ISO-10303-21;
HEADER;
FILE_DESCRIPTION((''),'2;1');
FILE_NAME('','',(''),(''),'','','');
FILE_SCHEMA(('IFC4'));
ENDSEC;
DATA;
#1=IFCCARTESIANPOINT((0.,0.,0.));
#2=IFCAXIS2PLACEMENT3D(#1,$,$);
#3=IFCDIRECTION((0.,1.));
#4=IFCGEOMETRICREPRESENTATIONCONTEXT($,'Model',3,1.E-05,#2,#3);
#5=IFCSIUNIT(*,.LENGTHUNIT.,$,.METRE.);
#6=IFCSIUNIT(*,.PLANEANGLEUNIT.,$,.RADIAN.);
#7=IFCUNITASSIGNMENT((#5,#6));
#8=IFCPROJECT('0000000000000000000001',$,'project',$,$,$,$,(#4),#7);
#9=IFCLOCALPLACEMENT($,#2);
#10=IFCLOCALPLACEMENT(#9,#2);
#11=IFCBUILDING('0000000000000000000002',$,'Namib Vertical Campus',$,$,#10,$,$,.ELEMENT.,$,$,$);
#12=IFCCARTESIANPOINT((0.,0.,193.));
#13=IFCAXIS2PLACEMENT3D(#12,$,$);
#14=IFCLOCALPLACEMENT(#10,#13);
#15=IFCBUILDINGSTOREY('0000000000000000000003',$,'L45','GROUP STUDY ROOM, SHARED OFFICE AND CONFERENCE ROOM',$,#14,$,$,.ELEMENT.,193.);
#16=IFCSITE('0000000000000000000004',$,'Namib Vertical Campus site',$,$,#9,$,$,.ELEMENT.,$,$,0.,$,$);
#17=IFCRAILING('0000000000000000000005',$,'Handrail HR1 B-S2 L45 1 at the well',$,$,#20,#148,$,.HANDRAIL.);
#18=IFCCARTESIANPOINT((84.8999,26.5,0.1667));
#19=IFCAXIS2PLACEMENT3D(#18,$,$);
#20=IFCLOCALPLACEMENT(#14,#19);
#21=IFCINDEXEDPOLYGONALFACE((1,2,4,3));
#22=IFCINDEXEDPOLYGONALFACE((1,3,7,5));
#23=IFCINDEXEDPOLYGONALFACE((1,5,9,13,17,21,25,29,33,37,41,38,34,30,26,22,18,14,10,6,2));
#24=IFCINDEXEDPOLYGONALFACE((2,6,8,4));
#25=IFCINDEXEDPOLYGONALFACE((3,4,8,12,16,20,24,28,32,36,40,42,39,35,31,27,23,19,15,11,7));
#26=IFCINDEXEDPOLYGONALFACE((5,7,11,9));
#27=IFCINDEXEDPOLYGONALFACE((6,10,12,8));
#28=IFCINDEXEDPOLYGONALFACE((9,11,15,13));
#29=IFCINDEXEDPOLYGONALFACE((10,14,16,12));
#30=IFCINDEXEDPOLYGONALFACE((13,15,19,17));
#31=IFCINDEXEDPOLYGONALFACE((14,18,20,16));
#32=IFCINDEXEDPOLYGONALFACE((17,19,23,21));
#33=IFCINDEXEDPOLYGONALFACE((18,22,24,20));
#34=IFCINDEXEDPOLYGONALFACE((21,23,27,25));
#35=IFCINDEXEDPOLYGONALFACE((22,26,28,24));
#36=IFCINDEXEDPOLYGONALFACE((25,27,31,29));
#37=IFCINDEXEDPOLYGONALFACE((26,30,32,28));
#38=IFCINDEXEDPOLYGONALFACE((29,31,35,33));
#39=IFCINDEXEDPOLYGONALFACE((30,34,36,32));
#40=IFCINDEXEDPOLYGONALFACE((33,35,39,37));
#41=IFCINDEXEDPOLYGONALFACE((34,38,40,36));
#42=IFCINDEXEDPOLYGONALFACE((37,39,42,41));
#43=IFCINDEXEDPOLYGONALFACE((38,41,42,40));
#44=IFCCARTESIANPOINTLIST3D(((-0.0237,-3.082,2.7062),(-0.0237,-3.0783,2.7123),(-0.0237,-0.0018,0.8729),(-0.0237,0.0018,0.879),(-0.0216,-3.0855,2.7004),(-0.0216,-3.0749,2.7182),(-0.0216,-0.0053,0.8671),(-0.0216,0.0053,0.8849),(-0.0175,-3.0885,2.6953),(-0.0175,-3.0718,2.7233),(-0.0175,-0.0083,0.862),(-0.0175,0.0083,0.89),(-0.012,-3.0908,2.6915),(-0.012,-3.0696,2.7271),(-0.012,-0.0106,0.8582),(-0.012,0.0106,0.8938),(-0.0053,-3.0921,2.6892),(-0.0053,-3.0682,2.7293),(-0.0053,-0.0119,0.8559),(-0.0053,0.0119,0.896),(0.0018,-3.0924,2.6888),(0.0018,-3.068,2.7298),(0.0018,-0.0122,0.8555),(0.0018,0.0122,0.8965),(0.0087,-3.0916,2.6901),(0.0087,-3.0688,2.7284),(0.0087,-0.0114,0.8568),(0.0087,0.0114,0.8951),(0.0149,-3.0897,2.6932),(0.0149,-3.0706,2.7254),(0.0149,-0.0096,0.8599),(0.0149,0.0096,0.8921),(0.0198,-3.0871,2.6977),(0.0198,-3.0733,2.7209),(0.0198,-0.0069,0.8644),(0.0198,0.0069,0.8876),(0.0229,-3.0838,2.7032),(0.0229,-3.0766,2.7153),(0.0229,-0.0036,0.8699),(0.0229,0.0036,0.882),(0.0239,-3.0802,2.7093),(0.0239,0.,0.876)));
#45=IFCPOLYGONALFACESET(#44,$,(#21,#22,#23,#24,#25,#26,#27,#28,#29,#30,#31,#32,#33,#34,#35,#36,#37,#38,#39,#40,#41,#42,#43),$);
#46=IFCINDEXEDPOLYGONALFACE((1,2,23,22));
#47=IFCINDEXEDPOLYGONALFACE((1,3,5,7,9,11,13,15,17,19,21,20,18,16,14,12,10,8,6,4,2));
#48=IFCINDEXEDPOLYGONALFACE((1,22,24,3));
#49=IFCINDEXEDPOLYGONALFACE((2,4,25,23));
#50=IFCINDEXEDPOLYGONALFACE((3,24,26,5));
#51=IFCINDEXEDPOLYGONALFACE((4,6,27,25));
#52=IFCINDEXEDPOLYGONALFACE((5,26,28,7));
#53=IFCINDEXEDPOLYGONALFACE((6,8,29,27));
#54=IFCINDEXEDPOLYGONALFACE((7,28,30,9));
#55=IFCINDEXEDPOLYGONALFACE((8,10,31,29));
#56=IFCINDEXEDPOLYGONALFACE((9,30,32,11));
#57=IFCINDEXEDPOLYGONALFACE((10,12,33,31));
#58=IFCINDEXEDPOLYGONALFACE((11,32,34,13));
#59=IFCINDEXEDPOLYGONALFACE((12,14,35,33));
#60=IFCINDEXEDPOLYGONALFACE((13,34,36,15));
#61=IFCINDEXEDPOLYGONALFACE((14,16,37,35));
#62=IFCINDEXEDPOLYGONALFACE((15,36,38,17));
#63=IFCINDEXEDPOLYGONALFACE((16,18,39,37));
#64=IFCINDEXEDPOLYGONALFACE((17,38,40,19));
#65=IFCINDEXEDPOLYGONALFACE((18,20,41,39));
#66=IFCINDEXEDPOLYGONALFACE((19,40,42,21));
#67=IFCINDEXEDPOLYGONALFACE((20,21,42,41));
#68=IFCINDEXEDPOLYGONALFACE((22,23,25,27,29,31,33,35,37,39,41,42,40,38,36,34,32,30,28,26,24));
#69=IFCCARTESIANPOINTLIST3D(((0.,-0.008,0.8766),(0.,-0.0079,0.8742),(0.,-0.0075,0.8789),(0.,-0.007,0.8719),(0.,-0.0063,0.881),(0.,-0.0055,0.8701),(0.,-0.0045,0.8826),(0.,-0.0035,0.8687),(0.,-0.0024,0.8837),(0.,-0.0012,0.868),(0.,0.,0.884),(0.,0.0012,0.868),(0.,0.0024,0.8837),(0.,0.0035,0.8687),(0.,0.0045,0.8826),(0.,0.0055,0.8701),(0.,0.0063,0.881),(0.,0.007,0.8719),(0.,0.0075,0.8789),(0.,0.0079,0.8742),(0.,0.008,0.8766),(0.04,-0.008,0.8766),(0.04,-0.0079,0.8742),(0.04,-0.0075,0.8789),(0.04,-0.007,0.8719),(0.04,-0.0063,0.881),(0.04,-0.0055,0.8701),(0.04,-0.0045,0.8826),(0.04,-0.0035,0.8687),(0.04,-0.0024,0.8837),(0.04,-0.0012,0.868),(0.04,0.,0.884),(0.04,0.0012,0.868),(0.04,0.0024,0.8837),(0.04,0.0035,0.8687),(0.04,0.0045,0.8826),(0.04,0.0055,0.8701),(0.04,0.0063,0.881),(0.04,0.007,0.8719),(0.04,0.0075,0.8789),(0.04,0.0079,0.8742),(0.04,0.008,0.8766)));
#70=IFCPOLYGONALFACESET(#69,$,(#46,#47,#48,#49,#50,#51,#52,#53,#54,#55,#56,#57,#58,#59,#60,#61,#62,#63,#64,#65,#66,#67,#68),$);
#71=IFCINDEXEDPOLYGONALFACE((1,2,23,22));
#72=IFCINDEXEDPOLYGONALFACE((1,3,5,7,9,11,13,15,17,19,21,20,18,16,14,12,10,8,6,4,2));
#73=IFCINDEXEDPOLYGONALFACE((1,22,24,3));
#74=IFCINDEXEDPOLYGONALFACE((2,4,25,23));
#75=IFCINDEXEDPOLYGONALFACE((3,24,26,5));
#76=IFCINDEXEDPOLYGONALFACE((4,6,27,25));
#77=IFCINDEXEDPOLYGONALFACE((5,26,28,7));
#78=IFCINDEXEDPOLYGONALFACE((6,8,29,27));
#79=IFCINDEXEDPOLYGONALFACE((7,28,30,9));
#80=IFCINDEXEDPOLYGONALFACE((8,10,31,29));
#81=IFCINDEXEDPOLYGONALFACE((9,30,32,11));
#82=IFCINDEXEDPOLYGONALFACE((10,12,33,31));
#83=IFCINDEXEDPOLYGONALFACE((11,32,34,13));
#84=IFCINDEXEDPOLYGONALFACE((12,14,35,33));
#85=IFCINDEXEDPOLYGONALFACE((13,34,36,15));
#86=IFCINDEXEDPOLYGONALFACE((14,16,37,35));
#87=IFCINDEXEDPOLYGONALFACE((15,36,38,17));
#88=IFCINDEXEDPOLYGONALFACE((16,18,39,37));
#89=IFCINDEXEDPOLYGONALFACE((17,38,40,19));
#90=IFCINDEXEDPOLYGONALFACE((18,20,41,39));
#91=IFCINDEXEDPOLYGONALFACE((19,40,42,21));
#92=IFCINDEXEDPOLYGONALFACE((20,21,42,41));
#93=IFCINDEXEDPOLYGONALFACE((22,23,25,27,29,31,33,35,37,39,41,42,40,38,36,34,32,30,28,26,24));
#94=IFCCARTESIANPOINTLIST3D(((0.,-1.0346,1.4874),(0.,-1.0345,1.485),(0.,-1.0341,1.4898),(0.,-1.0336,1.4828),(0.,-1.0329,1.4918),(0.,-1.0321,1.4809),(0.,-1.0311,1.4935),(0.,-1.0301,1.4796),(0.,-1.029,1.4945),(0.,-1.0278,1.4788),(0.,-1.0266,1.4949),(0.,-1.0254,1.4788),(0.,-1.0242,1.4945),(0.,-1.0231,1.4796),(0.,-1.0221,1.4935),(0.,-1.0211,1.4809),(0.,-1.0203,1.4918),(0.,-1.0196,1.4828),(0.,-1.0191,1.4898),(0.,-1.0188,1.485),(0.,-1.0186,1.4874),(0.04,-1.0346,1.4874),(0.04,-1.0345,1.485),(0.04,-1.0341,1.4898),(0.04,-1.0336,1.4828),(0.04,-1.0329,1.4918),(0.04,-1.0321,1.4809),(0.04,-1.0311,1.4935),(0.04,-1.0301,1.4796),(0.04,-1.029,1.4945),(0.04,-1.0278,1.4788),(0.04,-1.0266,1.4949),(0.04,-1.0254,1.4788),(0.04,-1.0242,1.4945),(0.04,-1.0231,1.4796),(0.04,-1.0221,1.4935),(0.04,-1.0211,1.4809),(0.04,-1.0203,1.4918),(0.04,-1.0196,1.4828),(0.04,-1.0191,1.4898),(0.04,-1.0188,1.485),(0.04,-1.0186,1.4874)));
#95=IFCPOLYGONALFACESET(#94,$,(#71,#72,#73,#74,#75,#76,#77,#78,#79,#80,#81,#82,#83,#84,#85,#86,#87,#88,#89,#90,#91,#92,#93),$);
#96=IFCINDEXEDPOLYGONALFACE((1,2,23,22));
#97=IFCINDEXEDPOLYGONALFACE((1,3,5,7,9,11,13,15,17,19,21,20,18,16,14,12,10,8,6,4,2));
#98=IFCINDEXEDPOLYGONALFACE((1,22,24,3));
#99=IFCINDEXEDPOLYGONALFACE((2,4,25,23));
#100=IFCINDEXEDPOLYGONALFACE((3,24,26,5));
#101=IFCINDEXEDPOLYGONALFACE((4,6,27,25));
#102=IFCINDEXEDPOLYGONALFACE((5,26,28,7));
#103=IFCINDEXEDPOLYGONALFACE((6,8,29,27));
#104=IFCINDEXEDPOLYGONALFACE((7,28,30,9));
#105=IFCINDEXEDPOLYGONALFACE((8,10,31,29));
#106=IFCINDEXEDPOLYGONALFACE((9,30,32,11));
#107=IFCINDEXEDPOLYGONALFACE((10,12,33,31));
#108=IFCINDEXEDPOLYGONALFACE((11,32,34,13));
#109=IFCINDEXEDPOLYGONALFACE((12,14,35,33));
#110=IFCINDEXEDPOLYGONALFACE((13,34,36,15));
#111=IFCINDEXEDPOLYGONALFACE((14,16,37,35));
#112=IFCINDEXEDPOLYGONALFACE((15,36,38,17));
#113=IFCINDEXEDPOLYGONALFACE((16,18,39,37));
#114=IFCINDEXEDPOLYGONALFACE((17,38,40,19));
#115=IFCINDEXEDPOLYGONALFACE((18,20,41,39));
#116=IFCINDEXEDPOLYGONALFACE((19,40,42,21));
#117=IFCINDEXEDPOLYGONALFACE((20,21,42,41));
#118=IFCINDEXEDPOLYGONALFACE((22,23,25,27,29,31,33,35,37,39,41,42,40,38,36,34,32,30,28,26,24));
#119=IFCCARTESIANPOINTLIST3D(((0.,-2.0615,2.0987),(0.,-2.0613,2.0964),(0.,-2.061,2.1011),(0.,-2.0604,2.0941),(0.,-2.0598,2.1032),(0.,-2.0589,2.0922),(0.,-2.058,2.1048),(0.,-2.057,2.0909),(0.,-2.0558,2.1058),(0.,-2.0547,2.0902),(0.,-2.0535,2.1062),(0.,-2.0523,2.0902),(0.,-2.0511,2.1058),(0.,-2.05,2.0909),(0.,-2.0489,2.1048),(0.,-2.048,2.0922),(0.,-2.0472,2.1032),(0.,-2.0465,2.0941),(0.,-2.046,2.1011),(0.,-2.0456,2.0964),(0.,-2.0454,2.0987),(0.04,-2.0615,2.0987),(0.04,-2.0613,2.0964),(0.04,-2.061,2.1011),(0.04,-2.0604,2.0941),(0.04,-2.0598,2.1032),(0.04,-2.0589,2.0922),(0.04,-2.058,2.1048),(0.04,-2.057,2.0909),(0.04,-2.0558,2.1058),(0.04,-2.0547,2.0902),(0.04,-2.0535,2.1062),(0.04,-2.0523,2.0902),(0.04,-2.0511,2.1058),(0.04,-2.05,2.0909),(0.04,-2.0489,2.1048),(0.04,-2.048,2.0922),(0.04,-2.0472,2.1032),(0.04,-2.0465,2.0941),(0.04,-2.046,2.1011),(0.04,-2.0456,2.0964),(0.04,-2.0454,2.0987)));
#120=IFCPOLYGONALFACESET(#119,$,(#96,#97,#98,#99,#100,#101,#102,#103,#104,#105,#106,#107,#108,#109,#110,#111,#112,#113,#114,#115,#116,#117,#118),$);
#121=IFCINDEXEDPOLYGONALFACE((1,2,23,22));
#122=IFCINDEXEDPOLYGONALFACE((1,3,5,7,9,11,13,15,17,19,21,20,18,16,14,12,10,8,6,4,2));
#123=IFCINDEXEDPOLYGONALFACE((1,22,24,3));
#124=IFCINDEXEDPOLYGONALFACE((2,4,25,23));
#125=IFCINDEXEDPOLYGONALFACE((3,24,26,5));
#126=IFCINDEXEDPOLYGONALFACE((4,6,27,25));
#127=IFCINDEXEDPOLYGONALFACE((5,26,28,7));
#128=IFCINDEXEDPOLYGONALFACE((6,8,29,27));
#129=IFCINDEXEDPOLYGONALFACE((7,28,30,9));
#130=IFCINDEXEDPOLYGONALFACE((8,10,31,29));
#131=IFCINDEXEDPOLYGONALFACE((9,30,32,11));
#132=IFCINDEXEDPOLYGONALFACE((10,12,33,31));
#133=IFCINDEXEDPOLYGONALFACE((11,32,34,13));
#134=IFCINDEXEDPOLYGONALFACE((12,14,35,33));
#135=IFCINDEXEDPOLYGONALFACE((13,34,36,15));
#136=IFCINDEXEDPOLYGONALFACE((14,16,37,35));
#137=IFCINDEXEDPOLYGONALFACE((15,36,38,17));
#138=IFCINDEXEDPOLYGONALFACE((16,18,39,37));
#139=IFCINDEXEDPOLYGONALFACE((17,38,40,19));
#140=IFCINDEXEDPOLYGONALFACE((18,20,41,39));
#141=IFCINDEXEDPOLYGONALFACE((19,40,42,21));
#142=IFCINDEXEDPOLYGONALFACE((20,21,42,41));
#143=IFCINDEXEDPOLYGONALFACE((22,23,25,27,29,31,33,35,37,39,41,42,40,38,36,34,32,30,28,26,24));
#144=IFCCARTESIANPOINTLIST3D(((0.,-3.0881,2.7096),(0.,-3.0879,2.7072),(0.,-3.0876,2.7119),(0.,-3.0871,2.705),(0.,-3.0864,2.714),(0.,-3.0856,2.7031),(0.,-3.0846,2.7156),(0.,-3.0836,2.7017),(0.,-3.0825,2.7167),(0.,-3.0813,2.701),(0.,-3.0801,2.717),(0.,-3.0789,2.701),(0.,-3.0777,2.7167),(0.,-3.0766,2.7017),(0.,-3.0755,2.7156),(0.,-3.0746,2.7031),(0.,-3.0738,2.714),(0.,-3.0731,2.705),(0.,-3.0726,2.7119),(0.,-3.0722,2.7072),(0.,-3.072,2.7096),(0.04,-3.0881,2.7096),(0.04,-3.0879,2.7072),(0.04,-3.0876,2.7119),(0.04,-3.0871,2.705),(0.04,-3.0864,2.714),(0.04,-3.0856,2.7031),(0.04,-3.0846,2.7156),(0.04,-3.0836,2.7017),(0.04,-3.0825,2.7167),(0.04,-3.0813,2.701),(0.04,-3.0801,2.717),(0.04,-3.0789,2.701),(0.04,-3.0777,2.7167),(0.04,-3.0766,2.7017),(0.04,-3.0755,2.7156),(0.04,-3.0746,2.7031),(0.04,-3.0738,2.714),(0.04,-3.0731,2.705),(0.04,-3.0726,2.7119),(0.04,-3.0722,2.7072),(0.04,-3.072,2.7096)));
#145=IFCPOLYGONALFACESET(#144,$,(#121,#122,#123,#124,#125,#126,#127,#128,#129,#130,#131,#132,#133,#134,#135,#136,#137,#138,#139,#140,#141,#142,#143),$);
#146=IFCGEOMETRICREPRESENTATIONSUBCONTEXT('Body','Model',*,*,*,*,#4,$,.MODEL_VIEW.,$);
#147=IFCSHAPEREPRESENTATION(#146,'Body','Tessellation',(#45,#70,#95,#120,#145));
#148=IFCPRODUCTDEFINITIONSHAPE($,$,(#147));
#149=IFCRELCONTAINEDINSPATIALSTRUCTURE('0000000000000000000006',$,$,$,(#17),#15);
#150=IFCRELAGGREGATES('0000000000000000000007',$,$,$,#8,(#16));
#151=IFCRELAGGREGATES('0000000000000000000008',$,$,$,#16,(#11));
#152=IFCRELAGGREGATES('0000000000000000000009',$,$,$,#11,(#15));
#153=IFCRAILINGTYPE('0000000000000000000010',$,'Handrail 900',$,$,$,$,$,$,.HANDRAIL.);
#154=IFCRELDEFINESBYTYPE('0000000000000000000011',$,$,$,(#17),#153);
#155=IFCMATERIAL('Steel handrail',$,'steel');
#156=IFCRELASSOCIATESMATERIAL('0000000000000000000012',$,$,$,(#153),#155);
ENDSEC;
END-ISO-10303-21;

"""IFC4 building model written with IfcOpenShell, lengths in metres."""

from ifc_helpers import new_model, si_unit, direction, frame, origin, origin_2d, place, context, subcontext, project, spatial, circle, extrude, material, type_object, element, save


model = new_model("IFC4")

# Units and contexts
model_context = context("Model", 3, precision=1e-05, world=origin(), true_north=direction((0.0, 1.0)))
body_context = subcontext(model_context, "Body", "Model", "MODEL_VIEW")
ifc_project = project(units=[si_unit("LENGTHUNIT", "METRE"), si_unit("PLANEANGLEUNIT", "RADIAN")], contexts=[model_context])

# Site, building, storey
site_placement = place(None, origin())
site = spatial("IfcSite", under=ifc_project, at=site_placement, Name="Namib Vertical Campus site", CompositionType="ELEMENT", RefElevation=0.0)
building_placement = place(site_placement, origin())
building = spatial("IfcBuilding", under=site, at=building_placement, Name="Namib Vertical Campus", CompositionType="ELEMENT")
storey_placement = place(building_placement, frame((0.0, 0.0, 193.0)))
storey = spatial("IfcBuildingStorey", under=building, at=storey_placement, Name="L45", Description="GROUP STUDY ROOM, SHARED OFFICE AND CONFERENCE ROOM", CompositionType="ELEMENT", Elevation=193.0)

# Railing
ifc_material_1 = material(Name="Steel handrail", Category="steel")
railing_type_1 = type_object("IfcRailingType", Name="Handrail 900", PredefinedType="HANDRAIL", material=ifc_material_1)
railing_1_placement = place(storey_placement, frame((84.8999, 26.5, 0.1667)))
element("IfcRailing", 1, at=railing_1_placement, inside=storey, type_object=railing_type_1, Name="Handrail HR1 B-S2 L45 1 at the well", PredefinedType="HANDRAIL", context=body_context, shape_type="SweptSolid", body=[
    extrude(circle(Radius=0.0239, at=origin_2d()), frame((0.0, 0.0, 0.876), z_axis=(0.0, -0.859309, 0.511458), x_axis=(1.0, 0.0, 0.0)), (0.0, 0.0, 1.0), 3.5845),
    extrude(circle(Radius=0.0081, at=origin_2d()), frame((0.0, 0.0, 0.876), z_axis=(1.0, 0.0, 0.0), x_axis=(0.0, 0.0, 1.0)), (0.0, 0.0, 1.0), 0.04),
    extrude(circle(Radius=0.0081, at=origin_2d()), frame((0.0, -1.0266, 1.4868), z_axis=(1.0, 0.0, 0.0), x_axis=(0.0, 0.0, 1.0)), (0.0, 0.0, 1.0), 0.04),
    extrude(circle(Radius=0.0081, at=origin_2d()), frame((0.0, -2.0535, 2.0981), z_axis=(1.0, 0.0, 0.0), x_axis=(0.0, 0.0, 1.0)), (0.0, 0.0, 1.0), 0.04),
    extrude(circle(Radius=0.0081, at=origin_2d()), frame((0.0, -3.0801, 2.709), z_axis=(1.0, 0.0, 0.0), x_axis=(0.0, 0.0, 1.0)), (0.0, 0.0, 1.0), 0.04),
])

save(model, "model.ifc")
